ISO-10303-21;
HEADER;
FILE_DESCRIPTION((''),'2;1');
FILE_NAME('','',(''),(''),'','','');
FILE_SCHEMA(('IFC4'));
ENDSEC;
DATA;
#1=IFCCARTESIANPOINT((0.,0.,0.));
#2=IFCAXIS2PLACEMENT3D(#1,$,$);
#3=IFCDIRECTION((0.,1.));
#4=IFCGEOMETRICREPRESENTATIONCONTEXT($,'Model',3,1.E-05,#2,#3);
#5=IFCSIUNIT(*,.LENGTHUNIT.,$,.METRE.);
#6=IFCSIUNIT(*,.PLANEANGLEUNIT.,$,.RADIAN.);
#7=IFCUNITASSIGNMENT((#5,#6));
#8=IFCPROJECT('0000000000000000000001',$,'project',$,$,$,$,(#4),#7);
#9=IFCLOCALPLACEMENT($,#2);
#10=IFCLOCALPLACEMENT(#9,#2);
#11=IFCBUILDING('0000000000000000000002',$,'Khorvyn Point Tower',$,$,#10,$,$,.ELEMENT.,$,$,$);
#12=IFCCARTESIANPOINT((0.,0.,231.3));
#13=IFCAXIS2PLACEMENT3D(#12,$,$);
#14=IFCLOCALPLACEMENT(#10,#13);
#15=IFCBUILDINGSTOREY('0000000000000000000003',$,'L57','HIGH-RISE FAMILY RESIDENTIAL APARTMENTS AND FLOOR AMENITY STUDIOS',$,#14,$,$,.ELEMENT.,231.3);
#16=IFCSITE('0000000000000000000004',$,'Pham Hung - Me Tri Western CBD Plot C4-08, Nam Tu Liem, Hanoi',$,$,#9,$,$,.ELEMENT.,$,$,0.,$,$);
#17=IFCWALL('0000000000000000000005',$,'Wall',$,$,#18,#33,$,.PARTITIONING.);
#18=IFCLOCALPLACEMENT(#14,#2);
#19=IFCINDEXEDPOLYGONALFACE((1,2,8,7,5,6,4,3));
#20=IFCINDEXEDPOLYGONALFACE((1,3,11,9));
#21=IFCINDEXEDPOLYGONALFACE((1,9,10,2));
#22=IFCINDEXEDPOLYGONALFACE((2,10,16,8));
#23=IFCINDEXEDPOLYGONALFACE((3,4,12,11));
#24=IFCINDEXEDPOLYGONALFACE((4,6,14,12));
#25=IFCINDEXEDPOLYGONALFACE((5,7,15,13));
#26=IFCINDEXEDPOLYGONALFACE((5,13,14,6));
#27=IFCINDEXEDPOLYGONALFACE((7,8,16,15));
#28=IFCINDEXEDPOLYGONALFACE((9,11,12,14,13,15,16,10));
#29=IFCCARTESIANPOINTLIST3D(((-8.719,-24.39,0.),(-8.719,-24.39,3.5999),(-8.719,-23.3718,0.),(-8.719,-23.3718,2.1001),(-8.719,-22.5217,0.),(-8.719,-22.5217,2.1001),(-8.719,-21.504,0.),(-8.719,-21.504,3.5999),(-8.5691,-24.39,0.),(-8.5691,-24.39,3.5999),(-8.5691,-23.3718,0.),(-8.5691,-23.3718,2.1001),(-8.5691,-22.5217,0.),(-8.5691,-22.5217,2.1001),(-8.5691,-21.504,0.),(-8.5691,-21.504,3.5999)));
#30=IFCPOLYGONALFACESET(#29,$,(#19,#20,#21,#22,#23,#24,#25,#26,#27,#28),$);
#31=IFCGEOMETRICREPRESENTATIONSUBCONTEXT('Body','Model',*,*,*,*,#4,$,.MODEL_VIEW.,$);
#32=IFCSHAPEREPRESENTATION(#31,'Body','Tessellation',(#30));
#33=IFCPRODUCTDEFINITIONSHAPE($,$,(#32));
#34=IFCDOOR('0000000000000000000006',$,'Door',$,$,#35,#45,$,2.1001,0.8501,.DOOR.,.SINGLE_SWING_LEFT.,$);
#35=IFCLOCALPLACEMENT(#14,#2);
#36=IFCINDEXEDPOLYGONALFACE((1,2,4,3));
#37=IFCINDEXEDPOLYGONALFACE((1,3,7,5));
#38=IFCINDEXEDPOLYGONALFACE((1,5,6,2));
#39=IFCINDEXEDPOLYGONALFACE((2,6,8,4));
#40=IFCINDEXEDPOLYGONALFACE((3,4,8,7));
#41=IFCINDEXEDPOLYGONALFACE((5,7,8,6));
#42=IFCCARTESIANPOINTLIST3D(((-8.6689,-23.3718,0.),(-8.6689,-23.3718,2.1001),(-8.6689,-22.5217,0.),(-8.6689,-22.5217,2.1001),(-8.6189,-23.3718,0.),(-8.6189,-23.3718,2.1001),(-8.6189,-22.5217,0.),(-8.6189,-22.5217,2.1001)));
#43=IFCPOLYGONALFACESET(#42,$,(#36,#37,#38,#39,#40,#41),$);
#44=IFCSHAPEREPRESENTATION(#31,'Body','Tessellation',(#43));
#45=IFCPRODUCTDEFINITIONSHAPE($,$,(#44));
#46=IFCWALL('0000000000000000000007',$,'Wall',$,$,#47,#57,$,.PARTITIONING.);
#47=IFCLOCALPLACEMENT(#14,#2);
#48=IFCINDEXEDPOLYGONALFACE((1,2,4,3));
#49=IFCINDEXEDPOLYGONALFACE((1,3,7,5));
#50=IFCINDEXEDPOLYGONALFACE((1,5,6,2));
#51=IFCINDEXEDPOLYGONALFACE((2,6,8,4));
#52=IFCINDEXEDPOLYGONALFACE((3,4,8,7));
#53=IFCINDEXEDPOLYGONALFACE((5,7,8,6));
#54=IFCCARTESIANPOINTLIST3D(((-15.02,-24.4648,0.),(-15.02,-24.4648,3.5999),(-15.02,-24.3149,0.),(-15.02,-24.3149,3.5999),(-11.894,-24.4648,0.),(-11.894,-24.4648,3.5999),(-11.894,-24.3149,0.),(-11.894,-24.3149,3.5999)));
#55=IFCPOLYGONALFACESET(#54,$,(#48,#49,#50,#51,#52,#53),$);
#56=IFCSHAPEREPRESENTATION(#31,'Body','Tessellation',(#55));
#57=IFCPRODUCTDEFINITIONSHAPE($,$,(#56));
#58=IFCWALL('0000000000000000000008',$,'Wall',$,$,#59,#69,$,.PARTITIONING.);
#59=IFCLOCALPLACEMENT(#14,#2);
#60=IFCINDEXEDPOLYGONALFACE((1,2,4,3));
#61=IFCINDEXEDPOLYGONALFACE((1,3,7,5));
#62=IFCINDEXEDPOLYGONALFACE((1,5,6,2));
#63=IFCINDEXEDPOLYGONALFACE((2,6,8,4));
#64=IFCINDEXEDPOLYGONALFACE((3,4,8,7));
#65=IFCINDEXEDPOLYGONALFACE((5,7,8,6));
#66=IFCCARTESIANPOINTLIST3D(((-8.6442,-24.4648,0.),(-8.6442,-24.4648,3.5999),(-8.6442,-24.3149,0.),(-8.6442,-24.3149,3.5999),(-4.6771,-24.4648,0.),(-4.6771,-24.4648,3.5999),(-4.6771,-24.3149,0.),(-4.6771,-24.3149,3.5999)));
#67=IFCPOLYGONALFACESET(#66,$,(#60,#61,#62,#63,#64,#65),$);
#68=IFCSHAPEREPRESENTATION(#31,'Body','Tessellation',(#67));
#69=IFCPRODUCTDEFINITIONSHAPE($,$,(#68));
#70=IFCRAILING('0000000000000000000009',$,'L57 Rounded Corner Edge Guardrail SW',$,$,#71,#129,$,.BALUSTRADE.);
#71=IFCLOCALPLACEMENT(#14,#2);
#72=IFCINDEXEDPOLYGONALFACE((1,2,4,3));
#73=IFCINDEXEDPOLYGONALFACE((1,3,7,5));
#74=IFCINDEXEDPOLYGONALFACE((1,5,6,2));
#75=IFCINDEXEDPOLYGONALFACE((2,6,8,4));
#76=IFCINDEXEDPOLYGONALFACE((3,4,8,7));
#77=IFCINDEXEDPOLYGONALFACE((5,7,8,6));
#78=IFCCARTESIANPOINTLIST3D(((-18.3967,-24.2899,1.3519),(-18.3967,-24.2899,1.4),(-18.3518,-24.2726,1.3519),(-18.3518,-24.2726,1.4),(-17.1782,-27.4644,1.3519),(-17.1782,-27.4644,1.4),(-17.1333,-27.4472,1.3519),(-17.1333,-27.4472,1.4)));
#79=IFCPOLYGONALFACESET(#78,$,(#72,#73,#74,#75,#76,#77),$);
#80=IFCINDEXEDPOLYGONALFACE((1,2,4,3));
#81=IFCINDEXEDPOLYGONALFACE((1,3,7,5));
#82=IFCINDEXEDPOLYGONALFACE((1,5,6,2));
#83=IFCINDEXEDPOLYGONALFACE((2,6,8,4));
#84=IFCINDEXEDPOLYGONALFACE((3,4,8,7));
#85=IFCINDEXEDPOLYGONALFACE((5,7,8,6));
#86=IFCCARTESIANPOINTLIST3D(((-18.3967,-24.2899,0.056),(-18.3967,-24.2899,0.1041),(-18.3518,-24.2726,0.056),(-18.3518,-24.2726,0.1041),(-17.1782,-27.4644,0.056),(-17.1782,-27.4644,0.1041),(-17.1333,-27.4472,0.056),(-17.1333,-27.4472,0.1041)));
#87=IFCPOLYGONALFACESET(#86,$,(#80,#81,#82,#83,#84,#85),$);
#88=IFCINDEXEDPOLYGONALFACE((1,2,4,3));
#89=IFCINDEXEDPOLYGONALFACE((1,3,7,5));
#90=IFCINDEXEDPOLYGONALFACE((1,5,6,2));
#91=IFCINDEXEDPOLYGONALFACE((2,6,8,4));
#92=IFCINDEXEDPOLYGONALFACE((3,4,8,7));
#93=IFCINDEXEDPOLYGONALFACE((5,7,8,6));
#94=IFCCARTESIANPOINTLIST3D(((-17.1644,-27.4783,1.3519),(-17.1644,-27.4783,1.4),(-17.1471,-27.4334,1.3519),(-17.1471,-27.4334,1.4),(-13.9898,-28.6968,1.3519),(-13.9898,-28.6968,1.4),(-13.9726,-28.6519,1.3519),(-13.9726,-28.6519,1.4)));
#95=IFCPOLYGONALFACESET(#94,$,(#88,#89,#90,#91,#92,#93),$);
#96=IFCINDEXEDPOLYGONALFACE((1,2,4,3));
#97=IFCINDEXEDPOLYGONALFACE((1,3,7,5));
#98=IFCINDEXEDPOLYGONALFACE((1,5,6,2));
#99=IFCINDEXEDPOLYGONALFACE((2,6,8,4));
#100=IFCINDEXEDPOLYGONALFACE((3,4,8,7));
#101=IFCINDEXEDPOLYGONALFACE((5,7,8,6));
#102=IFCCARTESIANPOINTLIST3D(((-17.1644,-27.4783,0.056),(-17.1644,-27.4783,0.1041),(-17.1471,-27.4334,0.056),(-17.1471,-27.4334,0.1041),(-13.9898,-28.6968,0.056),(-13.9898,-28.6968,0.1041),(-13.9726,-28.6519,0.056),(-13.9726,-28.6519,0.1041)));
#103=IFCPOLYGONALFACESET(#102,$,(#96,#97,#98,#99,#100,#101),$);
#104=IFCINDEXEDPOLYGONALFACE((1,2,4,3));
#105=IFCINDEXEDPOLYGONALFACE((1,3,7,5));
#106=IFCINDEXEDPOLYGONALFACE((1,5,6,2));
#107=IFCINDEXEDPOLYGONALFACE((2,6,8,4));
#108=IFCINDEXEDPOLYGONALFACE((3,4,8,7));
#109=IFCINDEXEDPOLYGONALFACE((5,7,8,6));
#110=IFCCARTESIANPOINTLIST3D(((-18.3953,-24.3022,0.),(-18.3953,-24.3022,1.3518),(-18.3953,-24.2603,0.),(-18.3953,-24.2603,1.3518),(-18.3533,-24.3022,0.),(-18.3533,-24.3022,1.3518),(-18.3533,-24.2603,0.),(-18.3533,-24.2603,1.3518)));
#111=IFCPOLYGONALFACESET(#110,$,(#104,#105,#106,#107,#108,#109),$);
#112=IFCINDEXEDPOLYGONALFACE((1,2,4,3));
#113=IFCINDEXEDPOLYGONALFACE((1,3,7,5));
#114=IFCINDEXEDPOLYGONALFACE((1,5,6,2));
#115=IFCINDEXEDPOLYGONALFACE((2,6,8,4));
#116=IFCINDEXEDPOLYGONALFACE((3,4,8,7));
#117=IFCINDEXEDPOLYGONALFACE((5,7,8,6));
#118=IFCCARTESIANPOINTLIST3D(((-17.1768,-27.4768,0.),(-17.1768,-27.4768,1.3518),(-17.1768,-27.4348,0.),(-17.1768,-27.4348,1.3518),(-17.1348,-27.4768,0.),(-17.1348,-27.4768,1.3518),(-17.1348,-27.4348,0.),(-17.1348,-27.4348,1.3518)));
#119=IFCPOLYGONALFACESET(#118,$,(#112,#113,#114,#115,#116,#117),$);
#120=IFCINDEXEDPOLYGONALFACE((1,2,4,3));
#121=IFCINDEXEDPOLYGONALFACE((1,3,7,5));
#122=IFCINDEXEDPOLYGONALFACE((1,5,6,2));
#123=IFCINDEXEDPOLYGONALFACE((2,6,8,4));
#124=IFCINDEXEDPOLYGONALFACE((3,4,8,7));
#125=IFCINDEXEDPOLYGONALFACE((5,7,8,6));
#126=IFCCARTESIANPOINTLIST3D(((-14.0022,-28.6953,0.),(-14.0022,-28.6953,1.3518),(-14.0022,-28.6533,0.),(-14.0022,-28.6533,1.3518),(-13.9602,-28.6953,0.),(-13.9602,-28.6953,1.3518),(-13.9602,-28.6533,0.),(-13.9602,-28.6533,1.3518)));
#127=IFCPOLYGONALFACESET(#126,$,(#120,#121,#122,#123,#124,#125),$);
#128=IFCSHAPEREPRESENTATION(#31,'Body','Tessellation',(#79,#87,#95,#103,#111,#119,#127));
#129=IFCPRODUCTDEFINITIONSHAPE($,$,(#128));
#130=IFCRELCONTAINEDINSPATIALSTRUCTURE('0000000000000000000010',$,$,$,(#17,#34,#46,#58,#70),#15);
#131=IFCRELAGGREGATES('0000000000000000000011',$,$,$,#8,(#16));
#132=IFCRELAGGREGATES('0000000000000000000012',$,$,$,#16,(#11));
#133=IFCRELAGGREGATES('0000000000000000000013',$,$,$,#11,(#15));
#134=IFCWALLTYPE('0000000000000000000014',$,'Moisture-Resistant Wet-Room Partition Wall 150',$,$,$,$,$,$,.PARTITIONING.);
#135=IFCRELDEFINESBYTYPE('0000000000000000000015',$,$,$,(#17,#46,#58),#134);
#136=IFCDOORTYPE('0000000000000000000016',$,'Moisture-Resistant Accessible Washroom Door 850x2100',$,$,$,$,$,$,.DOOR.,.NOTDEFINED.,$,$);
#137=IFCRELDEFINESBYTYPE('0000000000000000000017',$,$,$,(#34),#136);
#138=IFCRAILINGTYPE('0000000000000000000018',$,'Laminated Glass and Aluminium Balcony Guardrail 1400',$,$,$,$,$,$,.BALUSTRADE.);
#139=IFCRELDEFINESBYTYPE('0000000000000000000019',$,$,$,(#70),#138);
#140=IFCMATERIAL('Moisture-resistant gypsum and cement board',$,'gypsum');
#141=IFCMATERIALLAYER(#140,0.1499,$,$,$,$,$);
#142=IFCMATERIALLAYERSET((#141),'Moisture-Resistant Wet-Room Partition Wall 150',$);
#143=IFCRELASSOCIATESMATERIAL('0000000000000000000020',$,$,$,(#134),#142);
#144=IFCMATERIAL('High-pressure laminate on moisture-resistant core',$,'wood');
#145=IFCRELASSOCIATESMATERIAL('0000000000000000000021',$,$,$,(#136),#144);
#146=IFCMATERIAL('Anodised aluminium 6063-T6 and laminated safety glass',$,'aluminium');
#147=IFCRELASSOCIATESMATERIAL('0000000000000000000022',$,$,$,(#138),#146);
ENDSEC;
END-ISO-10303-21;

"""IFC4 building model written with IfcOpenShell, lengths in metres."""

from ifc_helpers import new_model, si_unit, direction, frame, frame_2d, origin, origin_2d, place, context, subcontext, project, spatial, rectangle, extrude, material, layer, layer_set, type_object, element, fill, save


model = new_model("IFC4")

# Units and contexts
model_context = context("Model", 3, precision=1e-05, world=origin(), true_north=direction((0.0, 1.0)))
body_context = subcontext(model_context, "Body", "Model", "MODEL_VIEW")
ifc_project = project(units=[si_unit("LENGTHUNIT", "METRE"), si_unit("PLANEANGLEUNIT", "RADIAN")], contexts=[model_context])

# Site, building, storey
site_placement = place(None, origin())
site = spatial("IfcSite", under=ifc_project, at=site_placement, Name="Pham Hung - Me Tri Western CBD Plot C4-08, Nam Tu Liem, Hanoi", CompositionType="ELEMENT", RefElevation=0.0)
building_placement = place(site_placement, origin())
building = spatial("IfcBuilding", under=site, at=building_placement, Name="Khorvyn Point Tower", CompositionType="ELEMENT")
storey_placement = place(building_placement, frame((0.0, 0.0, 231.3)))
storey = spatial("IfcBuildingStorey", under=building, at=storey_placement, Name="L57", Description="HIGH-RISE FAMILY RESIDENTIAL APARTMENTS AND FLOOR AMENITY STUDIOS", CompositionType="ELEMENT", Elevation=231.3)

# Wall, opening, door
ifc_material_1 = material(Name="Moisture-resistant gypsum and cement board", Category="gypsum")
ifc_layer_1 = layer(ifc_material_1, 0.1499)
ifc_layer_set_1 = layer_set([ifc_layer_1], Name="Moisture-Resistant Wet-Room Partition Wall 150")
wall_type_1 = type_object("IfcWallType", Name="Moisture-Resistant Wet-Room Partition Wall 150", PredefinedType="PARTITIONING", material=ifc_layer_set_1)
ifc_material_2 = material(Name="High-pressure laminate on moisture-resistant core", Category="wood")
door_type_1 = type_object("IfcDoorType", Name="Moisture-Resistant Accessible Washroom Door 850x2100", OperationType="NOTDEFINED", PredefinedType="DOOR", material=ifc_material_2)
wall_1_placement = place(storey_placement, frame((-8.644, -24.3899, 0.0), z_axis=(0.0, 0.0, 1.0), x_axis=(0.0, 1.0, 0.0)))
wall_1 = element("IfcWall", 1, at=wall_1_placement, inside=storey, type_object=wall_type_1, Name="Wall", PredefinedType="PARTITIONING", context=body_context, shape_type="SweptSolid", body=[
    extrude(rectangle(XDim=2.886, YDim=0.1499, at=frame_2d((1.4429, 0.0))), origin(), (0.0, 0.0, 1.0), 3.5999),
])
opening_1_placement = place(wall_1_placement, frame((1.0181, 0.0, 0.0)))
opening_1 = element("IfcOpeningElement", 2, at=opening_1_placement, cuts=wall_1, PredefinedType="OPENING", context=body_context, shape_type="SweptSolid", body=[
    extrude(rectangle(XDim=0.8501, YDim=2.1001, at=frame_2d((0.425, 1.05))), frame((0.0, 0.085, 0.0), z_axis=(0.0, -1.0, 0.0), x_axis=(1.0, 0.0, 0.0)), (0.0, 0.0, 1.0), 0.1699),
])
door_1_placement = place(opening_1_placement, origin())
door_1 = element("IfcDoor", 3, at=door_1_placement, inside=storey, type_object=door_type_1, Name="Door", OperationType="SINGLE_SWING_LEFT", OverallHeight=2.1001, OverallWidth=0.8501, PredefinedType="DOOR", context=body_context, shape_type="SweptSolid", body=[
    extrude(rectangle(XDim=0.8501, YDim=2.1001, at=frame_2d((0.425, 1.05))), frame((0.0, 0.0249, 0.0), z_axis=(0.0, -1.0, 0.0), x_axis=(1.0, 0.0, 0.0)), (0.0, 0.0, 1.0), 0.05),
])
fill(opening_1, door_1)

# Walls
wall_2_placement = place(storey_placement, frame((-15.02, -24.3899, 0.0), z_axis=(0.0, 0.0, 1.0), x_axis=(1.0, 0.0, 0.0)))
element("IfcWall", 4, at=wall_2_placement, inside=storey, type_object=wall_type_1, Name="Wall", PredefinedType="PARTITIONING", context=body_context, shape_type="SweptSolid", body=[
    extrude(rectangle(XDim=3.126, YDim=0.1499, at=frame_2d((1.563, 0.0))), origin(), (0.0, 0.0, 1.0), 3.5999),
])
wall_3_placement = place(storey_placement, frame((-8.644, -24.3899, 0.0), z_axis=(0.0, 0.0, 1.0), x_axis=(1.0, 0.0, 0.0)))
element("IfcWall", 5, at=wall_3_placement, inside=storey, type_object=wall_type_1, Name="Wall", PredefinedType="PARTITIONING", context=body_context, shape_type="SweptSolid", body=[
    extrude(rectangle(XDim=3.967, YDim=0.1499, at=frame_2d((1.9834, 0.0))), origin(), (0.0, 0.0, 1.0), 3.5999),
])

# Railing
ifc_material_3 = material(Name="Anodised aluminium 6063-T6 and laminated safety glass", Category="aluminium")
railing_type = type_object("IfcRailingType", Name="Laminated Glass and Aluminium Balcony Guardrail 1400", PredefinedType="BALUSTRADE", material=ifc_material_3)
railing_placement = place(storey_placement, frame((-18.3743, -24.2812, 0.0)))
element("IfcRailing", 6, at=railing_placement, inside=storey, type_object=railing_type, Name="L57 Rounded Corner Edge Guardrail SW", PredefinedType="BALUSTRADE", context=body_context, shape_type="SweptSolid", body=[
    extrude(rectangle(XDim=0.0481, YDim=0.0481, at=origin_2d()), frame((0.0, 0.0, 1.376), z_axis=(0.358344, -0.93359, 0.0), x_axis=(0.93359, 0.358344, 0.0)), (0.0, 0.0, 1.0), 3.4004),
    extrude(rectangle(XDim=0.0481, YDim=0.0481, at=origin_2d()), frame((0.0, 0.0, 0.0801), z_axis=(0.358344, -0.93359, 0.0), x_axis=(0.93359, 0.358344, 0.0)), (0.0, 0.0, 1.0), 3.4004),
    extrude(rectangle(XDim=0.0481, YDim=0.0481, at=origin_2d()), frame((1.2185, -3.1746, 1.376), z_axis=(0.93359, -0.358344, 0.0), x_axis=(0.358344, 0.93359, 0.0)), (0.0, 0.0, 1.0), 3.4004),
    extrude(rectangle(XDim=0.0481, YDim=0.0481, at=origin_2d()), frame((1.2185, -3.1746, 0.0801), z_axis=(0.93359, -0.358344, 0.0), x_axis=(0.358344, 0.93359, 0.0)), (0.0, 0.0, 1.0), 3.4004),
    extrude(rectangle(XDim=0.042, YDim=0.042, at=origin_2d()), origin(), (0.0, 0.0, 1.0), 1.3518),
    extrude(rectangle(XDim=0.042, YDim=0.042, at=origin_2d()), frame((1.2185, -3.1746, 0.0)), (0.0, 0.0, 1.0), 1.3518),
    extrude(rectangle(XDim=0.042, YDim=0.042, at=origin_2d()), frame((4.3931, -4.3931, 0.0)), (0.0, 0.0, 1.0), 1.3518),
])

save(model, "model.ifc")
